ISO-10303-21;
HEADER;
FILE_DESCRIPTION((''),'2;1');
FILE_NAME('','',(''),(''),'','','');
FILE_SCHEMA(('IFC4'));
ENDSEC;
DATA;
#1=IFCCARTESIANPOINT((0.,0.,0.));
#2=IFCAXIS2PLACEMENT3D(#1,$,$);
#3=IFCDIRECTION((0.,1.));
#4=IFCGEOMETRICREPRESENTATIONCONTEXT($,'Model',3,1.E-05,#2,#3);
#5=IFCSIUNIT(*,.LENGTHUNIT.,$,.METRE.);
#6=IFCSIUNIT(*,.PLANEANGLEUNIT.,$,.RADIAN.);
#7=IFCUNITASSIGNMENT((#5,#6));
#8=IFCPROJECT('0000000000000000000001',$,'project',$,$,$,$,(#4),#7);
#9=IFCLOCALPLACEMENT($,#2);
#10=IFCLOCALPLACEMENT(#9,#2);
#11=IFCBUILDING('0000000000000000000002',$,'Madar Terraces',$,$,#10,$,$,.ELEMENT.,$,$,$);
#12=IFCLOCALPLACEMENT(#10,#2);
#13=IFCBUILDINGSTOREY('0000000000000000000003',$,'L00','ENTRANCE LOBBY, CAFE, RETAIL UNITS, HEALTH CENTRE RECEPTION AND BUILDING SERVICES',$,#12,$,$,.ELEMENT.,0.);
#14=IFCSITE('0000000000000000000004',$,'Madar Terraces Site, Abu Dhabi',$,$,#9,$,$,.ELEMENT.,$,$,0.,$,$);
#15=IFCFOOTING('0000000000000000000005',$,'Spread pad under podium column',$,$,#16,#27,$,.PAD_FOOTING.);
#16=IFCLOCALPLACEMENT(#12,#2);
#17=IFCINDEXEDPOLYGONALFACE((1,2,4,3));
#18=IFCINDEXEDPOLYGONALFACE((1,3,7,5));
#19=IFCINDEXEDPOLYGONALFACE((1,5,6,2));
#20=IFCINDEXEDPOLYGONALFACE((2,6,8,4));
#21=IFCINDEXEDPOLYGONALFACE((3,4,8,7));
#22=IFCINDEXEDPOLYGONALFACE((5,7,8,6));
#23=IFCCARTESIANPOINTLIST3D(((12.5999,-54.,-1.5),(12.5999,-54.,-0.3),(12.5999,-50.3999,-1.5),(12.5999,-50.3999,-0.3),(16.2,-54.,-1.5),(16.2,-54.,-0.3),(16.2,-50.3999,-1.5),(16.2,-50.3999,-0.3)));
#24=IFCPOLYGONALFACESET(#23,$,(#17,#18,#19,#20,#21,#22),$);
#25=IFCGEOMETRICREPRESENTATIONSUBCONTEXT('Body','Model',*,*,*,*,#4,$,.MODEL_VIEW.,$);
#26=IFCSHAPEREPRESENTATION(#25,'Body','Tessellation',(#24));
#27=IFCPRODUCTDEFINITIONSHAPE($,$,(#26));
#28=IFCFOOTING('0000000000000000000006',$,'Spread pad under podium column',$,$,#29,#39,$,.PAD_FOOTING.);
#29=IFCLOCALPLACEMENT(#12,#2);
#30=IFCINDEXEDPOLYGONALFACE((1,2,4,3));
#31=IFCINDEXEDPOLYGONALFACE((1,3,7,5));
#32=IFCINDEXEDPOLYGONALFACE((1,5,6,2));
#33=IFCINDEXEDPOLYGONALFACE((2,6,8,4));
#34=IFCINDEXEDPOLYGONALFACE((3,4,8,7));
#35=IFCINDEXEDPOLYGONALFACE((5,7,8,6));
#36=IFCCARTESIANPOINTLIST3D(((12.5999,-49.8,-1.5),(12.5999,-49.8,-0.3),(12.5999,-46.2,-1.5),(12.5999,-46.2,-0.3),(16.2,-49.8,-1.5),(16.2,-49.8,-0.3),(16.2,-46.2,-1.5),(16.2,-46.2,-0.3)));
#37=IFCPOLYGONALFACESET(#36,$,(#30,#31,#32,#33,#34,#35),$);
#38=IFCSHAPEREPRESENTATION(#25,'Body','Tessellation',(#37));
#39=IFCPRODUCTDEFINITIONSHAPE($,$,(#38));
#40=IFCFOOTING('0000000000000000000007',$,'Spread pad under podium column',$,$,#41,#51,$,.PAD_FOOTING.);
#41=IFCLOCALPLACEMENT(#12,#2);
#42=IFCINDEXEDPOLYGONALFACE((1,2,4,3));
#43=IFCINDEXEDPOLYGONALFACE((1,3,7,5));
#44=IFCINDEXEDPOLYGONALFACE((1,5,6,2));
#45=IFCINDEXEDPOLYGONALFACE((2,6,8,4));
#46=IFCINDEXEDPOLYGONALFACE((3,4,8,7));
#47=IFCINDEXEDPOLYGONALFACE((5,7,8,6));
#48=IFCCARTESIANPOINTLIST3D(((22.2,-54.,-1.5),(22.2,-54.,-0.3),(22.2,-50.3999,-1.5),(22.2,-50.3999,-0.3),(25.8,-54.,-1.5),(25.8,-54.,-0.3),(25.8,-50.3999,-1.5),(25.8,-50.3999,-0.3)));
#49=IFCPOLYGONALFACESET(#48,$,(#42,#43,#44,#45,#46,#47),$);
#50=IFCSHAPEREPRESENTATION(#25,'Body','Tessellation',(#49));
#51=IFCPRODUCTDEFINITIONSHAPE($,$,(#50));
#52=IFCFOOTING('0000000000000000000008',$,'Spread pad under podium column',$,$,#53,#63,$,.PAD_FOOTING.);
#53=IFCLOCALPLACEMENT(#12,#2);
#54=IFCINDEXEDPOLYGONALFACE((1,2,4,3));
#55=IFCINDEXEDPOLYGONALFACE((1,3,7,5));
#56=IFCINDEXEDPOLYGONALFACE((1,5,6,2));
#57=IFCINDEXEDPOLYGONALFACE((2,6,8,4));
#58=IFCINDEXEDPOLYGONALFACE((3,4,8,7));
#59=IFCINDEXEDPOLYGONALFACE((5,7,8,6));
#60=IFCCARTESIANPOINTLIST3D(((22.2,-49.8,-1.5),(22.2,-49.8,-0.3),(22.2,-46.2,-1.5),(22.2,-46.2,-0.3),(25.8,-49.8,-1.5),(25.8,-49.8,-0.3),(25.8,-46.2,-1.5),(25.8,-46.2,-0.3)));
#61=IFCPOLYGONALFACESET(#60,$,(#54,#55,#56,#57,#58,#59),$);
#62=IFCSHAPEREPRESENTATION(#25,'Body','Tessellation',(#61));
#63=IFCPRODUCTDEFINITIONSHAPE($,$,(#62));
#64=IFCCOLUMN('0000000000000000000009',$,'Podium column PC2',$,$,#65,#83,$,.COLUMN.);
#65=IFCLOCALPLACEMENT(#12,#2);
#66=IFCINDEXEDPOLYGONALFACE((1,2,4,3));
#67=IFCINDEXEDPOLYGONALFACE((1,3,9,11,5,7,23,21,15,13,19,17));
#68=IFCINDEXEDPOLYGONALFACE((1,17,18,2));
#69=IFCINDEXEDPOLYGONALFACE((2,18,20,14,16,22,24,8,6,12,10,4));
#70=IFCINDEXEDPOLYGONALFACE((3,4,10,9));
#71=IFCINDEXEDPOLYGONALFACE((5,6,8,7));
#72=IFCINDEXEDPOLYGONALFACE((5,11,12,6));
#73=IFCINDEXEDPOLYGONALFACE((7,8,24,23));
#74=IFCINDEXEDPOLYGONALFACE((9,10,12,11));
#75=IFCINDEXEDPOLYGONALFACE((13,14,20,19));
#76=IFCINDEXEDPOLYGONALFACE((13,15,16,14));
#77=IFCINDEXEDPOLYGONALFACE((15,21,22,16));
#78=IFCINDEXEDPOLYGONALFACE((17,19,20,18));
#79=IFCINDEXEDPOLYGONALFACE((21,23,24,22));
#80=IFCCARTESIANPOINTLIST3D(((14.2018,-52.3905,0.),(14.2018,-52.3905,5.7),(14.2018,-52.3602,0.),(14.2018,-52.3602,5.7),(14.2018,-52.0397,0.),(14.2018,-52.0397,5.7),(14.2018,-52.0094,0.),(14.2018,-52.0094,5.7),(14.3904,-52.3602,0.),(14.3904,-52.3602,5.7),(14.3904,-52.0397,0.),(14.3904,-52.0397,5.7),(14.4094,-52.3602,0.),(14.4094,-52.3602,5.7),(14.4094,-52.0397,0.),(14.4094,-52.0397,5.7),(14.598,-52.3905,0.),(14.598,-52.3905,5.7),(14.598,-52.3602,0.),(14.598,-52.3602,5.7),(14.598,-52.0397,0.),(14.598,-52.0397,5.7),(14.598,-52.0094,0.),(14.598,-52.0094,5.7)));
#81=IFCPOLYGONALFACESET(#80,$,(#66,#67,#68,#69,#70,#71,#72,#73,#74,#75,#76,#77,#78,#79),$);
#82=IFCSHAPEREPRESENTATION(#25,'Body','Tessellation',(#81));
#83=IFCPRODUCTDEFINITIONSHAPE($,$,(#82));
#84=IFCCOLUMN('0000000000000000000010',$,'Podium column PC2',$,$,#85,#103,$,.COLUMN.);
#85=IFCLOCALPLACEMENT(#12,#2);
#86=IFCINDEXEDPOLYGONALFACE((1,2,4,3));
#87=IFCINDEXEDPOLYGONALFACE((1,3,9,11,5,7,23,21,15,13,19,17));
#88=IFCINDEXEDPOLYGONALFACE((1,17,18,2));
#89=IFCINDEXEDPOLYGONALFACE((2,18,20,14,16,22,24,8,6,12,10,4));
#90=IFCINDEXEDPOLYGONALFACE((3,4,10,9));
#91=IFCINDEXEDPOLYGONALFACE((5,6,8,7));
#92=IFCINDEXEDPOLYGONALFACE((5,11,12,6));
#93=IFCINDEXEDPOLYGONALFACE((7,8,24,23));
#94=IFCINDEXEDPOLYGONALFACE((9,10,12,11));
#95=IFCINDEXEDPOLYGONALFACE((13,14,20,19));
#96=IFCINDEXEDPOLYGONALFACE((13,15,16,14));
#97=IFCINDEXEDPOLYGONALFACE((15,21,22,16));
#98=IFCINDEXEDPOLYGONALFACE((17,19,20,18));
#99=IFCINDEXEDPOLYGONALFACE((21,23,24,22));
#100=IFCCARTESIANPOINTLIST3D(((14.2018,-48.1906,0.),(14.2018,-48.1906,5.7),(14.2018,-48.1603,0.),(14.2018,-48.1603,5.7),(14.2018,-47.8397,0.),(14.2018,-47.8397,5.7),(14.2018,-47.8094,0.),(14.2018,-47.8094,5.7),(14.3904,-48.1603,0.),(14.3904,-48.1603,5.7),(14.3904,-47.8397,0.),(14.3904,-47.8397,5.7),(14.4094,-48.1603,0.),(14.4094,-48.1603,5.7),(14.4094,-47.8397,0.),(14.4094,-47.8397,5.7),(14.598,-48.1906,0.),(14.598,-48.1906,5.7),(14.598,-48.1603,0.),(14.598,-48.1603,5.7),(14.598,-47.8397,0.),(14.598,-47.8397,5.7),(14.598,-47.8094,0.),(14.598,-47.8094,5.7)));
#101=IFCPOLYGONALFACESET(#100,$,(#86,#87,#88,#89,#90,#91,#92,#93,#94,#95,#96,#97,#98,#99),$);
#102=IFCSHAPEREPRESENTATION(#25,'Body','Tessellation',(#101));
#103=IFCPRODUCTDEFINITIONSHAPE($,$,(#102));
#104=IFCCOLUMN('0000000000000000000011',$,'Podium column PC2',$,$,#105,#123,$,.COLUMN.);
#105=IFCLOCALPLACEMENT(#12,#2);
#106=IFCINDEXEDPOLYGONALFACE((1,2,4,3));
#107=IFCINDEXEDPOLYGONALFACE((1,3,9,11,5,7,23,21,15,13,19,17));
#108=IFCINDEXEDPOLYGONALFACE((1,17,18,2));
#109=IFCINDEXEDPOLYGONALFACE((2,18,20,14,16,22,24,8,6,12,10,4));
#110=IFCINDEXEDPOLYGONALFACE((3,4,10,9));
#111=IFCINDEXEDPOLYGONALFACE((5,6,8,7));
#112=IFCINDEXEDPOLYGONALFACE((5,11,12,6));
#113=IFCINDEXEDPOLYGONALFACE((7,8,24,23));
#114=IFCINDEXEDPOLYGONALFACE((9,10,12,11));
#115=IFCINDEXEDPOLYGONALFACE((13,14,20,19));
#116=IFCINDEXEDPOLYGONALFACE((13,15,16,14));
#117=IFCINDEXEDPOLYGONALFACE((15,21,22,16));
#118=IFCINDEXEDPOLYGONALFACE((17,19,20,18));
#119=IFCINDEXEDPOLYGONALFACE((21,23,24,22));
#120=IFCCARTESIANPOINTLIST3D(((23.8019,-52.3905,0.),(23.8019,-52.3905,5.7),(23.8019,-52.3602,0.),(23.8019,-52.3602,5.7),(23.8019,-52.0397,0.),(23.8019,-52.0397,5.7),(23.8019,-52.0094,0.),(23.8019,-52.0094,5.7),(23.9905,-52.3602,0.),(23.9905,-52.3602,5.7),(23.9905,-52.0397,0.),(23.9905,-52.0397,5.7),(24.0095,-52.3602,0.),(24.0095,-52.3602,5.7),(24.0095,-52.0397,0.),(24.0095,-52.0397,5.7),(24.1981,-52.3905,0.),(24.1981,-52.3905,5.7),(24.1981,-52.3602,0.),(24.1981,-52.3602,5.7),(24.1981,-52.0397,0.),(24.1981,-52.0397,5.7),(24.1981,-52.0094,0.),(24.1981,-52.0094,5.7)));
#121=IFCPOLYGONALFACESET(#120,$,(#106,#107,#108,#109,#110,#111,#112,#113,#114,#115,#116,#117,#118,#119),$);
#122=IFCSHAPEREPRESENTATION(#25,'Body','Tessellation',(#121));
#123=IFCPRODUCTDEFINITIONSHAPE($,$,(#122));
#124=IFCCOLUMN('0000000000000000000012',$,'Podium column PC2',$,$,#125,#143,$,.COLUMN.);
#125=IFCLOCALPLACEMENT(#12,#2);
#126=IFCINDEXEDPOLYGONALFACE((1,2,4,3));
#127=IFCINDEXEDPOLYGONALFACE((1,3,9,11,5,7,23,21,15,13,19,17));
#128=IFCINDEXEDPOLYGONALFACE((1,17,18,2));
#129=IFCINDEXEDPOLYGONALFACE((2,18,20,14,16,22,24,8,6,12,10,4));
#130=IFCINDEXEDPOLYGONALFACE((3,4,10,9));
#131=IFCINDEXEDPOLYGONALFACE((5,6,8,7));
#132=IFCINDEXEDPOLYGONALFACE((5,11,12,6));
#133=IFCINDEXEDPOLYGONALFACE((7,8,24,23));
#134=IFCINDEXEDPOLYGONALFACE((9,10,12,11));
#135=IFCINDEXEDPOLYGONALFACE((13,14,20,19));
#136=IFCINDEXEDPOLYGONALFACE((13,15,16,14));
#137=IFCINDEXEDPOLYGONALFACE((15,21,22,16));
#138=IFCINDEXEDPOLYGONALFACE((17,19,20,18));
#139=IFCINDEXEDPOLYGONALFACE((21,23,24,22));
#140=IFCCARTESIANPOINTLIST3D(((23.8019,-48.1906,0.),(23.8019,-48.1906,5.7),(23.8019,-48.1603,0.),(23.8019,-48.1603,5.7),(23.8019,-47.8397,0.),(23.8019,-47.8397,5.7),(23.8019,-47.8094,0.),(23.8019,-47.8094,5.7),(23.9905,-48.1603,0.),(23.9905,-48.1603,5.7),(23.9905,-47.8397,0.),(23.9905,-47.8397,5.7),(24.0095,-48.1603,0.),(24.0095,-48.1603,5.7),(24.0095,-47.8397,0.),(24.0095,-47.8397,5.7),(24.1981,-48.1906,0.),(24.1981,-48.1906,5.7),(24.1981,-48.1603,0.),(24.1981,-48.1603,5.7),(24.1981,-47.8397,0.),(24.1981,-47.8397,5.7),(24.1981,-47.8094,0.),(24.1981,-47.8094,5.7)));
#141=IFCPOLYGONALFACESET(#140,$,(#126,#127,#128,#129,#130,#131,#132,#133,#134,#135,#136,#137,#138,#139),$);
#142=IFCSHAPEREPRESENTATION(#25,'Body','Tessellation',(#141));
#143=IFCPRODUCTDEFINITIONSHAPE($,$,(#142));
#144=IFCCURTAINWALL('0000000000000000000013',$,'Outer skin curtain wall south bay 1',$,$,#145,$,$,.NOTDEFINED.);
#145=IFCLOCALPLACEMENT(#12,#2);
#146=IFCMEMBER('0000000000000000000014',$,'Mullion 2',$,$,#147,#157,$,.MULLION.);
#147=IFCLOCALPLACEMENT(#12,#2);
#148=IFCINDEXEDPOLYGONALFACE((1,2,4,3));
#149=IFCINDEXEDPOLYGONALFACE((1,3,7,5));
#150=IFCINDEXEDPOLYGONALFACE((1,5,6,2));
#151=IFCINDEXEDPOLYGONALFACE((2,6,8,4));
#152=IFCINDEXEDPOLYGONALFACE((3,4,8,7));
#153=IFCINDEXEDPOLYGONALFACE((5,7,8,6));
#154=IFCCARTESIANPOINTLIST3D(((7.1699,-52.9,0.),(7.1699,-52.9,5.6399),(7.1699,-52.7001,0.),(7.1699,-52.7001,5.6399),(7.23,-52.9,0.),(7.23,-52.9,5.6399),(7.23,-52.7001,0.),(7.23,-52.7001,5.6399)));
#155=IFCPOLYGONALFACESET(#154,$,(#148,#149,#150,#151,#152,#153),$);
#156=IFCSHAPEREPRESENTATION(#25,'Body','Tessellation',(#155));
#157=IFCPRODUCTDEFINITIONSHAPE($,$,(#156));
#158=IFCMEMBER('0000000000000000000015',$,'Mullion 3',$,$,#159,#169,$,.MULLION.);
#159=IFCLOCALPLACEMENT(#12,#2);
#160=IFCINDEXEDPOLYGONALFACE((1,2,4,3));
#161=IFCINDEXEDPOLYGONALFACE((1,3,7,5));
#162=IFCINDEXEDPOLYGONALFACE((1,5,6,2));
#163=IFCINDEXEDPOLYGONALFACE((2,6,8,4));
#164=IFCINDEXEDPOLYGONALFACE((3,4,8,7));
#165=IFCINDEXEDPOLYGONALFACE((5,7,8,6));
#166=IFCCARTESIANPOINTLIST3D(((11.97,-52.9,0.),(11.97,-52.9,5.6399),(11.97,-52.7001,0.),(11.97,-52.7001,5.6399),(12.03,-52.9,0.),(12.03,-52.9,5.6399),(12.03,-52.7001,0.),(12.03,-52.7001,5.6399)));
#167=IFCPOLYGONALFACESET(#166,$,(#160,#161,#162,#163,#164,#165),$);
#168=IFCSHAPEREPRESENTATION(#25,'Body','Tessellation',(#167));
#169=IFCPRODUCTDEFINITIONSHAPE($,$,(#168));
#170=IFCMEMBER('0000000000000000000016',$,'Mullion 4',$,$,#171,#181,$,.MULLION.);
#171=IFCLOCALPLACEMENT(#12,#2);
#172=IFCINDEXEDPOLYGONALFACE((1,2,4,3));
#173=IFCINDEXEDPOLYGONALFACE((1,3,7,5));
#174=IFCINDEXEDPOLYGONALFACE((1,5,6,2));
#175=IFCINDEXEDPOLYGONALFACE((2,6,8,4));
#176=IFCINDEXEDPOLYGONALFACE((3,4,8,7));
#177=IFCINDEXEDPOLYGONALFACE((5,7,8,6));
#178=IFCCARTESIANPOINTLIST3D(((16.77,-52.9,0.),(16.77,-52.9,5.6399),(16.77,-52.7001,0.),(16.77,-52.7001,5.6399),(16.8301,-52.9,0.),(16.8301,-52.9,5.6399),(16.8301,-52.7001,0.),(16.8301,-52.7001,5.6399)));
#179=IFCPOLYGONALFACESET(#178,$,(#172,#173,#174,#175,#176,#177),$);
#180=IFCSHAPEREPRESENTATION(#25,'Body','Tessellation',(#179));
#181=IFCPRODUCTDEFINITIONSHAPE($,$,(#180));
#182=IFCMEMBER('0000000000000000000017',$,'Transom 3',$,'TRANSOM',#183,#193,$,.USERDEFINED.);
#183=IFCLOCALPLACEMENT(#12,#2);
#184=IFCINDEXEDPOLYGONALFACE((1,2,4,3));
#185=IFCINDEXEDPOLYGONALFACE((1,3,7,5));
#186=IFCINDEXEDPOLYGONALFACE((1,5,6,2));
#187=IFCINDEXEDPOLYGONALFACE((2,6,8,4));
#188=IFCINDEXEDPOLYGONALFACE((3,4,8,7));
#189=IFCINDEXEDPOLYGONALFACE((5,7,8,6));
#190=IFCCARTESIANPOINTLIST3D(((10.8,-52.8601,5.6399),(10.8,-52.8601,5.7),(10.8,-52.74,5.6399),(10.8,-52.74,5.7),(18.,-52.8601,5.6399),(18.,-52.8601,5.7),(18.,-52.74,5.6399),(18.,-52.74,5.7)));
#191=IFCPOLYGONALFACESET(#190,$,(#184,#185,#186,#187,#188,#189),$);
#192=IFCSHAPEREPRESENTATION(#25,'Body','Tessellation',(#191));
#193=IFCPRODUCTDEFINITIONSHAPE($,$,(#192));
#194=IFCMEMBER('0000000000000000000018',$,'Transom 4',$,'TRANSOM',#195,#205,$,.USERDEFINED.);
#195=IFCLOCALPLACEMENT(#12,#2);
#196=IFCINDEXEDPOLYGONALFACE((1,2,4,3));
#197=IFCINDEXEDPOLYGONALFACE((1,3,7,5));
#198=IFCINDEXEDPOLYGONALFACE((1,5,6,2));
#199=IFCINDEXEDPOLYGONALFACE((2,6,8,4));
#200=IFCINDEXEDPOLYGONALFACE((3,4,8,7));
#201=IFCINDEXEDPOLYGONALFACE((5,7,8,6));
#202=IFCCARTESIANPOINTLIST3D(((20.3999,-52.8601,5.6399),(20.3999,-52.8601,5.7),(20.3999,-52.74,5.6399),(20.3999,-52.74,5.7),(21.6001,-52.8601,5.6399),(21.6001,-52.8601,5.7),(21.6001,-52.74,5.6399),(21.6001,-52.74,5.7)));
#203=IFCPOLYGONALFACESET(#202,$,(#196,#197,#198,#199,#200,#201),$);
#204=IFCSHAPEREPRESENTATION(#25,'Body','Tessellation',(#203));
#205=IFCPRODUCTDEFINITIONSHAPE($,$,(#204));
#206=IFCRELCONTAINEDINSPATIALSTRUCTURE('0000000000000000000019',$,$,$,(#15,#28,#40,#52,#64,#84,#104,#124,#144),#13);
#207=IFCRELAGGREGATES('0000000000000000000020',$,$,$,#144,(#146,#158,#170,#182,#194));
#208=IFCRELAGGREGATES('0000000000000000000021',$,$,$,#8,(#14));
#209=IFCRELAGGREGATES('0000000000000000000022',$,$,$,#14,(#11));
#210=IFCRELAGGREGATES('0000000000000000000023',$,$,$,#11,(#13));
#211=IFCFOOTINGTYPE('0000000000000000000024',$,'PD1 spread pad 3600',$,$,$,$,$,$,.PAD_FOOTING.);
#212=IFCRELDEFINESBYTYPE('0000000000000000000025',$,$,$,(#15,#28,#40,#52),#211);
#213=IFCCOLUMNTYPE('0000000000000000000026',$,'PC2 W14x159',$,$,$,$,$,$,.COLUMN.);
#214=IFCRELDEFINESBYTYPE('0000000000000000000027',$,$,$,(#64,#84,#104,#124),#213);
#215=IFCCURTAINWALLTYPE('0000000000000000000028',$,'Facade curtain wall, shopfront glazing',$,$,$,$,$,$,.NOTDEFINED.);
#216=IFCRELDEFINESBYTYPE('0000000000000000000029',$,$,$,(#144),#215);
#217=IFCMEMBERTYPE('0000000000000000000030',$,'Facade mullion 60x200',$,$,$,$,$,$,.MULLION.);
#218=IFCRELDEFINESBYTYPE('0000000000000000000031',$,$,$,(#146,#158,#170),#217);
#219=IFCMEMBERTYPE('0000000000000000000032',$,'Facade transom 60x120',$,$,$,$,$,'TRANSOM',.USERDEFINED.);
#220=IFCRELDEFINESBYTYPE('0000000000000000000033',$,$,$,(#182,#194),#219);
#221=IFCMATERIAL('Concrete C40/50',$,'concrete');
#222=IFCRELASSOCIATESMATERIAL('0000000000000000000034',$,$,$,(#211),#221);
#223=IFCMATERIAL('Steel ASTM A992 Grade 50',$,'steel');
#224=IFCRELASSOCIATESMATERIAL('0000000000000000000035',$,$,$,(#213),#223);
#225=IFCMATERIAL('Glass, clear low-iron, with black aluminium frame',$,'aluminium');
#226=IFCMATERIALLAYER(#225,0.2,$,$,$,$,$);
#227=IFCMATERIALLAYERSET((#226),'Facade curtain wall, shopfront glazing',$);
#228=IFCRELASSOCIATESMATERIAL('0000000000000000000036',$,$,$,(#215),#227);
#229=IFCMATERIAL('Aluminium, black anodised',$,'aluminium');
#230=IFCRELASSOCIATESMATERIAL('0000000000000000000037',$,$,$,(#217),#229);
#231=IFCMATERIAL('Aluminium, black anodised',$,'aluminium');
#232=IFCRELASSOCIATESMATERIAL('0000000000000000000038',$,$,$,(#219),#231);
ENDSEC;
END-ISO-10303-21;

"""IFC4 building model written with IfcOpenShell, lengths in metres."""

from ifc_helpers import new_model, si_unit, direction, frame, origin, origin_2d, place, context, subcontext, project, spatial, rectangle, i_section, extrude, material, layer, layer_set, material_profile, profile_set, type_object, element, aggregate, save


model = new_model("IFC4")

# Units and contexts
model_context = context("Model", 3, precision=1e-05, world=origin(), true_north=direction((0.0, 1.0)))
body_context = subcontext(model_context, "Body", "Model", "MODEL_VIEW")
ifc_project = project(units=[si_unit("LENGTHUNIT", "METRE"), si_unit("PLANEANGLEUNIT", "RADIAN")], contexts=[model_context])

# Site, building, storey
site_placement = place(None, origin())
site = spatial("IfcSite", under=ifc_project, at=site_placement, Name="Madar Terraces Site, Abu Dhabi", CompositionType="ELEMENT", RefElevation=0.0)
building_placement = place(site_placement, origin())
building = spatial("IfcBuilding", under=site, at=building_placement, Name="Madar Terraces", CompositionType="ELEMENT")
storey_placement = place(building_placement, origin())
storey = spatial("IfcBuildingStorey", under=building, at=storey_placement, Name="L00", Description="ENTRANCE LOBBY, CAFE, RETAIL UNITS, HEALTH CENTRE RECEPTION AND BUILDING SERVICES", CompositionType="ELEMENT", Elevation=0.0)

# Footings
ifc_material_1 = material(Name="Concrete C40/50", Category="concrete")
footing_type = type_object("IfcFootingType", Name="PD1 spread pad 3600", PredefinedType="PAD_FOOTING", material=ifc_material_1)
for number, where, z_axis, x_axis, name in (
    (1, (14.3999, -52.2, -1.5), (0.0, 0.0, 1.0), (1.0, 0.0, 0.0), "Spread pad under podium column"),
    (2, (14.3999, -48.0, -1.5), (0.0, 0.0, 1.0), (1.0, 0.0, 0.0), "Spread pad under podium column"),
    (3, (24.0, -52.2, -1.5), (0.0, 0.0, 1.0), (1.0, 0.0, 0.0), "Spread pad under podium column"),
    (4, (24.0, -48.0, -1.5), (0.0, 0.0, 1.0), (1.0, 0.0, 0.0), "Spread pad under podium column"),
):
    element("IfcFooting", number, at=place(storey_placement, frame(where, z_axis=z_axis, x_axis=x_axis)), inside=storey, type_object=footing_type, Name=name, PredefinedType="PAD_FOOTING", context=body_context, shape_type="SweptSolid", body=[
        extrude(rectangle(XDim=3.6001, YDim=3.6001, at=origin_2d()), origin(), (0.0, 0.0, 1.0), 1.2),
    ])

# Columns
ifc_material_2 = material(Name="Steel ASTM A992 Grade 50", Category="steel")
ifc_material_profile_1 = material_profile(ifc_material_2, i_section(OverallWidth=0.3962, OverallDepth=0.3811, WebThickness=0.019, FlangeThickness=0.0303, at=origin_2d()), Name="W14x159")
ifc_profile_set_1 = profile_set([ifc_material_profile_1], Name="Steel ASTM A992 Grade 50")
column_type = type_object("IfcColumnType", Name="PC2 W14x159", PredefinedType="COLUMN", material=ifc_profile_set_1)
for number, where, z_axis, x_axis, name in (
    (5, (14.3999, -52.2, 0.0), (0.0, 0.0, 1.0), (1.0, 0.0, 0.0), "Podium column PC2"),
    (6, (14.3999, -48.0, 0.0), (0.0, 0.0, 1.0), (1.0, 0.0, 0.0), "Podium column PC2"),
    (7, (24.0, -52.2, 0.0), (0.0, 0.0, 1.0), (1.0, 0.0, 0.0), "Podium column PC2"),
    (8, (24.0, -48.0, 0.0), (0.0, 0.0, 1.0), (1.0, 0.0, 0.0), "Podium column PC2"),
):
    element("IfcColumn", number, at=place(storey_placement, frame(where, z_axis=z_axis, x_axis=x_axis)), inside=storey, type_object=column_type, Name=name, PredefinedType="COLUMN", context=body_context, shape_type="SweptSolid", body=[
        extrude(i_section(OverallWidth=0.3962, OverallDepth=0.3811, WebThickness=0.019, FlangeThickness=0.0303, at=origin_2d()), origin(), (0.0, 0.0, 1.0), 5.7),
    ])

# Curtain wall, members
ifc_material_3 = material(Name="Glass, clear low-iron, with black aluminium frame", Category="aluminium")
ifc_layer_1 = layer(ifc_material_3, 0.2)
ifc_layer_set_1 = layer_set([ifc_layer_1], Name="Facade curtain wall, shopfront glazing")
curtain_wall_type = type_object("IfcCurtainWallType", Name="Facade curtain wall, shopfront glazing", PredefinedType="NOTDEFINED", material=ifc_layer_set_1)
curtain_wall_placement = place(storey_placement, origin())
curtain_wall = element("IfcCurtainWall", 9, at=curtain_wall_placement, inside=storey, type_object=curtain_wall_type, Name="Outer skin curtain wall south bay 1", PredefinedType="NOTDEFINED")
ifc_material_4 = material(Name="Aluminium, black anodised", Category="aluminium")
ifc_material_profile_2 = material_profile(ifc_material_4, rectangle(XDim=0.2, YDim=0.0601, at=origin_2d()), Name="Facade mullion 60x200")
ifc_profile_set_2 = profile_set([ifc_material_profile_2], Name="Aluminium, black anodised")
member_type_1 = type_object("IfcMemberType", Name="Facade mullion 60x200", PredefinedType="MULLION", material=ifc_profile_set_2)
member_1_placement = place(storey_placement, frame((7.2, -52.8, 0.0), z_axis=(0.0, 0.0, 1.0), x_axis=(0.0, 1.0, 0.0)))
member_1 = element("IfcMember", 10, at=member_1_placement, type_object=member_type_1, Name="Mullion 2", PredefinedType="MULLION", context=body_context, shape_type="SweptSolid", body=[
    extrude(rectangle(XDim=0.2, YDim=0.0601, at=origin_2d()), origin(), (0.0, 0.0, 1.0), 5.6399),
])
member_2_placement = place(storey_placement, frame((12.0, -52.8, 0.0), z_axis=(0.0, 0.0, 1.0), x_axis=(0.0, 1.0, 0.0)))
member_2 = element("IfcMember", 11, at=member_2_placement, type_object=member_type_1, Name="Mullion 3", PredefinedType="MULLION", context=body_context, shape_type="SweptSolid", body=[
    extrude(rectangle(XDim=0.2, YDim=0.0601, at=origin_2d()), origin(), (0.0, 0.0, 1.0), 5.6399),
])
member_3_placement = place(storey_placement, frame((16.8, -52.8, 0.0), z_axis=(0.0, 0.0, 1.0), x_axis=(0.0, 1.0, 0.0)))
member_3 = element("IfcMember", 12, at=member_3_placement, type_object=member_type_1, Name="Mullion 4", PredefinedType="MULLION", context=body_context, shape_type="SweptSolid", body=[
    extrude(rectangle(XDim=0.2, YDim=0.0601, at=origin_2d()), origin(), (0.0, 0.0, 1.0), 5.6399),
])
ifc_material_5 = material(Name="Aluminium, black anodised", Category="aluminium")
ifc_material_profile_3 = material_profile(ifc_material_5, rectangle(XDim=0.1201, YDim=0.0601, at=origin_2d()), Name="Facade transom 60x120")
ifc_profile_set_3 = profile_set([ifc_material_profile_3], Name="Aluminium, black anodised")
member_type_2 = type_object("IfcMemberType", Name="Facade transom 60x120", ElementType="TRANSOM", PredefinedType="USERDEFINED", material=ifc_profile_set_3)
member_4_placement = place(storey_placement, frame((10.8, -52.8, 5.6699), z_axis=(1.0, 0.0, 0.0), x_axis=(0.0, 1.0, 0.0)))
member_4 = element("IfcMember", 13, at=member_4_placement, type_object=member_type_2, Name="Transom 3", ObjectType="TRANSOM", PredefinedType="USERDEFINED", context=body_context, shape_type="SweptSolid", body=[
    extrude(rectangle(XDim=0.1201, YDim=0.0601, at=origin_2d()), origin(), (0.0, 0.0, 1.0), 7.2),
])
member_5_placement = place(storey_placement, frame((20.3999, -52.8, 5.6699), z_axis=(1.0, 0.0, 0.0), x_axis=(0.0, 1.0, 0.0)))
member_5 = element("IfcMember", 14, at=member_5_placement, type_object=member_type_2, Name="Transom 4", ObjectType="TRANSOM", PredefinedType="USERDEFINED", context=body_context, shape_type="SweptSolid", body=[
    extrude(rectangle(XDim=0.1201, YDim=0.0601, at=origin_2d()), origin(), (0.0, 0.0, 1.0), 1.2002),
])
aggregate(curtain_wall, [member_1, member_2, member_3, member_4, member_5])

save(model, "model.ifc")
